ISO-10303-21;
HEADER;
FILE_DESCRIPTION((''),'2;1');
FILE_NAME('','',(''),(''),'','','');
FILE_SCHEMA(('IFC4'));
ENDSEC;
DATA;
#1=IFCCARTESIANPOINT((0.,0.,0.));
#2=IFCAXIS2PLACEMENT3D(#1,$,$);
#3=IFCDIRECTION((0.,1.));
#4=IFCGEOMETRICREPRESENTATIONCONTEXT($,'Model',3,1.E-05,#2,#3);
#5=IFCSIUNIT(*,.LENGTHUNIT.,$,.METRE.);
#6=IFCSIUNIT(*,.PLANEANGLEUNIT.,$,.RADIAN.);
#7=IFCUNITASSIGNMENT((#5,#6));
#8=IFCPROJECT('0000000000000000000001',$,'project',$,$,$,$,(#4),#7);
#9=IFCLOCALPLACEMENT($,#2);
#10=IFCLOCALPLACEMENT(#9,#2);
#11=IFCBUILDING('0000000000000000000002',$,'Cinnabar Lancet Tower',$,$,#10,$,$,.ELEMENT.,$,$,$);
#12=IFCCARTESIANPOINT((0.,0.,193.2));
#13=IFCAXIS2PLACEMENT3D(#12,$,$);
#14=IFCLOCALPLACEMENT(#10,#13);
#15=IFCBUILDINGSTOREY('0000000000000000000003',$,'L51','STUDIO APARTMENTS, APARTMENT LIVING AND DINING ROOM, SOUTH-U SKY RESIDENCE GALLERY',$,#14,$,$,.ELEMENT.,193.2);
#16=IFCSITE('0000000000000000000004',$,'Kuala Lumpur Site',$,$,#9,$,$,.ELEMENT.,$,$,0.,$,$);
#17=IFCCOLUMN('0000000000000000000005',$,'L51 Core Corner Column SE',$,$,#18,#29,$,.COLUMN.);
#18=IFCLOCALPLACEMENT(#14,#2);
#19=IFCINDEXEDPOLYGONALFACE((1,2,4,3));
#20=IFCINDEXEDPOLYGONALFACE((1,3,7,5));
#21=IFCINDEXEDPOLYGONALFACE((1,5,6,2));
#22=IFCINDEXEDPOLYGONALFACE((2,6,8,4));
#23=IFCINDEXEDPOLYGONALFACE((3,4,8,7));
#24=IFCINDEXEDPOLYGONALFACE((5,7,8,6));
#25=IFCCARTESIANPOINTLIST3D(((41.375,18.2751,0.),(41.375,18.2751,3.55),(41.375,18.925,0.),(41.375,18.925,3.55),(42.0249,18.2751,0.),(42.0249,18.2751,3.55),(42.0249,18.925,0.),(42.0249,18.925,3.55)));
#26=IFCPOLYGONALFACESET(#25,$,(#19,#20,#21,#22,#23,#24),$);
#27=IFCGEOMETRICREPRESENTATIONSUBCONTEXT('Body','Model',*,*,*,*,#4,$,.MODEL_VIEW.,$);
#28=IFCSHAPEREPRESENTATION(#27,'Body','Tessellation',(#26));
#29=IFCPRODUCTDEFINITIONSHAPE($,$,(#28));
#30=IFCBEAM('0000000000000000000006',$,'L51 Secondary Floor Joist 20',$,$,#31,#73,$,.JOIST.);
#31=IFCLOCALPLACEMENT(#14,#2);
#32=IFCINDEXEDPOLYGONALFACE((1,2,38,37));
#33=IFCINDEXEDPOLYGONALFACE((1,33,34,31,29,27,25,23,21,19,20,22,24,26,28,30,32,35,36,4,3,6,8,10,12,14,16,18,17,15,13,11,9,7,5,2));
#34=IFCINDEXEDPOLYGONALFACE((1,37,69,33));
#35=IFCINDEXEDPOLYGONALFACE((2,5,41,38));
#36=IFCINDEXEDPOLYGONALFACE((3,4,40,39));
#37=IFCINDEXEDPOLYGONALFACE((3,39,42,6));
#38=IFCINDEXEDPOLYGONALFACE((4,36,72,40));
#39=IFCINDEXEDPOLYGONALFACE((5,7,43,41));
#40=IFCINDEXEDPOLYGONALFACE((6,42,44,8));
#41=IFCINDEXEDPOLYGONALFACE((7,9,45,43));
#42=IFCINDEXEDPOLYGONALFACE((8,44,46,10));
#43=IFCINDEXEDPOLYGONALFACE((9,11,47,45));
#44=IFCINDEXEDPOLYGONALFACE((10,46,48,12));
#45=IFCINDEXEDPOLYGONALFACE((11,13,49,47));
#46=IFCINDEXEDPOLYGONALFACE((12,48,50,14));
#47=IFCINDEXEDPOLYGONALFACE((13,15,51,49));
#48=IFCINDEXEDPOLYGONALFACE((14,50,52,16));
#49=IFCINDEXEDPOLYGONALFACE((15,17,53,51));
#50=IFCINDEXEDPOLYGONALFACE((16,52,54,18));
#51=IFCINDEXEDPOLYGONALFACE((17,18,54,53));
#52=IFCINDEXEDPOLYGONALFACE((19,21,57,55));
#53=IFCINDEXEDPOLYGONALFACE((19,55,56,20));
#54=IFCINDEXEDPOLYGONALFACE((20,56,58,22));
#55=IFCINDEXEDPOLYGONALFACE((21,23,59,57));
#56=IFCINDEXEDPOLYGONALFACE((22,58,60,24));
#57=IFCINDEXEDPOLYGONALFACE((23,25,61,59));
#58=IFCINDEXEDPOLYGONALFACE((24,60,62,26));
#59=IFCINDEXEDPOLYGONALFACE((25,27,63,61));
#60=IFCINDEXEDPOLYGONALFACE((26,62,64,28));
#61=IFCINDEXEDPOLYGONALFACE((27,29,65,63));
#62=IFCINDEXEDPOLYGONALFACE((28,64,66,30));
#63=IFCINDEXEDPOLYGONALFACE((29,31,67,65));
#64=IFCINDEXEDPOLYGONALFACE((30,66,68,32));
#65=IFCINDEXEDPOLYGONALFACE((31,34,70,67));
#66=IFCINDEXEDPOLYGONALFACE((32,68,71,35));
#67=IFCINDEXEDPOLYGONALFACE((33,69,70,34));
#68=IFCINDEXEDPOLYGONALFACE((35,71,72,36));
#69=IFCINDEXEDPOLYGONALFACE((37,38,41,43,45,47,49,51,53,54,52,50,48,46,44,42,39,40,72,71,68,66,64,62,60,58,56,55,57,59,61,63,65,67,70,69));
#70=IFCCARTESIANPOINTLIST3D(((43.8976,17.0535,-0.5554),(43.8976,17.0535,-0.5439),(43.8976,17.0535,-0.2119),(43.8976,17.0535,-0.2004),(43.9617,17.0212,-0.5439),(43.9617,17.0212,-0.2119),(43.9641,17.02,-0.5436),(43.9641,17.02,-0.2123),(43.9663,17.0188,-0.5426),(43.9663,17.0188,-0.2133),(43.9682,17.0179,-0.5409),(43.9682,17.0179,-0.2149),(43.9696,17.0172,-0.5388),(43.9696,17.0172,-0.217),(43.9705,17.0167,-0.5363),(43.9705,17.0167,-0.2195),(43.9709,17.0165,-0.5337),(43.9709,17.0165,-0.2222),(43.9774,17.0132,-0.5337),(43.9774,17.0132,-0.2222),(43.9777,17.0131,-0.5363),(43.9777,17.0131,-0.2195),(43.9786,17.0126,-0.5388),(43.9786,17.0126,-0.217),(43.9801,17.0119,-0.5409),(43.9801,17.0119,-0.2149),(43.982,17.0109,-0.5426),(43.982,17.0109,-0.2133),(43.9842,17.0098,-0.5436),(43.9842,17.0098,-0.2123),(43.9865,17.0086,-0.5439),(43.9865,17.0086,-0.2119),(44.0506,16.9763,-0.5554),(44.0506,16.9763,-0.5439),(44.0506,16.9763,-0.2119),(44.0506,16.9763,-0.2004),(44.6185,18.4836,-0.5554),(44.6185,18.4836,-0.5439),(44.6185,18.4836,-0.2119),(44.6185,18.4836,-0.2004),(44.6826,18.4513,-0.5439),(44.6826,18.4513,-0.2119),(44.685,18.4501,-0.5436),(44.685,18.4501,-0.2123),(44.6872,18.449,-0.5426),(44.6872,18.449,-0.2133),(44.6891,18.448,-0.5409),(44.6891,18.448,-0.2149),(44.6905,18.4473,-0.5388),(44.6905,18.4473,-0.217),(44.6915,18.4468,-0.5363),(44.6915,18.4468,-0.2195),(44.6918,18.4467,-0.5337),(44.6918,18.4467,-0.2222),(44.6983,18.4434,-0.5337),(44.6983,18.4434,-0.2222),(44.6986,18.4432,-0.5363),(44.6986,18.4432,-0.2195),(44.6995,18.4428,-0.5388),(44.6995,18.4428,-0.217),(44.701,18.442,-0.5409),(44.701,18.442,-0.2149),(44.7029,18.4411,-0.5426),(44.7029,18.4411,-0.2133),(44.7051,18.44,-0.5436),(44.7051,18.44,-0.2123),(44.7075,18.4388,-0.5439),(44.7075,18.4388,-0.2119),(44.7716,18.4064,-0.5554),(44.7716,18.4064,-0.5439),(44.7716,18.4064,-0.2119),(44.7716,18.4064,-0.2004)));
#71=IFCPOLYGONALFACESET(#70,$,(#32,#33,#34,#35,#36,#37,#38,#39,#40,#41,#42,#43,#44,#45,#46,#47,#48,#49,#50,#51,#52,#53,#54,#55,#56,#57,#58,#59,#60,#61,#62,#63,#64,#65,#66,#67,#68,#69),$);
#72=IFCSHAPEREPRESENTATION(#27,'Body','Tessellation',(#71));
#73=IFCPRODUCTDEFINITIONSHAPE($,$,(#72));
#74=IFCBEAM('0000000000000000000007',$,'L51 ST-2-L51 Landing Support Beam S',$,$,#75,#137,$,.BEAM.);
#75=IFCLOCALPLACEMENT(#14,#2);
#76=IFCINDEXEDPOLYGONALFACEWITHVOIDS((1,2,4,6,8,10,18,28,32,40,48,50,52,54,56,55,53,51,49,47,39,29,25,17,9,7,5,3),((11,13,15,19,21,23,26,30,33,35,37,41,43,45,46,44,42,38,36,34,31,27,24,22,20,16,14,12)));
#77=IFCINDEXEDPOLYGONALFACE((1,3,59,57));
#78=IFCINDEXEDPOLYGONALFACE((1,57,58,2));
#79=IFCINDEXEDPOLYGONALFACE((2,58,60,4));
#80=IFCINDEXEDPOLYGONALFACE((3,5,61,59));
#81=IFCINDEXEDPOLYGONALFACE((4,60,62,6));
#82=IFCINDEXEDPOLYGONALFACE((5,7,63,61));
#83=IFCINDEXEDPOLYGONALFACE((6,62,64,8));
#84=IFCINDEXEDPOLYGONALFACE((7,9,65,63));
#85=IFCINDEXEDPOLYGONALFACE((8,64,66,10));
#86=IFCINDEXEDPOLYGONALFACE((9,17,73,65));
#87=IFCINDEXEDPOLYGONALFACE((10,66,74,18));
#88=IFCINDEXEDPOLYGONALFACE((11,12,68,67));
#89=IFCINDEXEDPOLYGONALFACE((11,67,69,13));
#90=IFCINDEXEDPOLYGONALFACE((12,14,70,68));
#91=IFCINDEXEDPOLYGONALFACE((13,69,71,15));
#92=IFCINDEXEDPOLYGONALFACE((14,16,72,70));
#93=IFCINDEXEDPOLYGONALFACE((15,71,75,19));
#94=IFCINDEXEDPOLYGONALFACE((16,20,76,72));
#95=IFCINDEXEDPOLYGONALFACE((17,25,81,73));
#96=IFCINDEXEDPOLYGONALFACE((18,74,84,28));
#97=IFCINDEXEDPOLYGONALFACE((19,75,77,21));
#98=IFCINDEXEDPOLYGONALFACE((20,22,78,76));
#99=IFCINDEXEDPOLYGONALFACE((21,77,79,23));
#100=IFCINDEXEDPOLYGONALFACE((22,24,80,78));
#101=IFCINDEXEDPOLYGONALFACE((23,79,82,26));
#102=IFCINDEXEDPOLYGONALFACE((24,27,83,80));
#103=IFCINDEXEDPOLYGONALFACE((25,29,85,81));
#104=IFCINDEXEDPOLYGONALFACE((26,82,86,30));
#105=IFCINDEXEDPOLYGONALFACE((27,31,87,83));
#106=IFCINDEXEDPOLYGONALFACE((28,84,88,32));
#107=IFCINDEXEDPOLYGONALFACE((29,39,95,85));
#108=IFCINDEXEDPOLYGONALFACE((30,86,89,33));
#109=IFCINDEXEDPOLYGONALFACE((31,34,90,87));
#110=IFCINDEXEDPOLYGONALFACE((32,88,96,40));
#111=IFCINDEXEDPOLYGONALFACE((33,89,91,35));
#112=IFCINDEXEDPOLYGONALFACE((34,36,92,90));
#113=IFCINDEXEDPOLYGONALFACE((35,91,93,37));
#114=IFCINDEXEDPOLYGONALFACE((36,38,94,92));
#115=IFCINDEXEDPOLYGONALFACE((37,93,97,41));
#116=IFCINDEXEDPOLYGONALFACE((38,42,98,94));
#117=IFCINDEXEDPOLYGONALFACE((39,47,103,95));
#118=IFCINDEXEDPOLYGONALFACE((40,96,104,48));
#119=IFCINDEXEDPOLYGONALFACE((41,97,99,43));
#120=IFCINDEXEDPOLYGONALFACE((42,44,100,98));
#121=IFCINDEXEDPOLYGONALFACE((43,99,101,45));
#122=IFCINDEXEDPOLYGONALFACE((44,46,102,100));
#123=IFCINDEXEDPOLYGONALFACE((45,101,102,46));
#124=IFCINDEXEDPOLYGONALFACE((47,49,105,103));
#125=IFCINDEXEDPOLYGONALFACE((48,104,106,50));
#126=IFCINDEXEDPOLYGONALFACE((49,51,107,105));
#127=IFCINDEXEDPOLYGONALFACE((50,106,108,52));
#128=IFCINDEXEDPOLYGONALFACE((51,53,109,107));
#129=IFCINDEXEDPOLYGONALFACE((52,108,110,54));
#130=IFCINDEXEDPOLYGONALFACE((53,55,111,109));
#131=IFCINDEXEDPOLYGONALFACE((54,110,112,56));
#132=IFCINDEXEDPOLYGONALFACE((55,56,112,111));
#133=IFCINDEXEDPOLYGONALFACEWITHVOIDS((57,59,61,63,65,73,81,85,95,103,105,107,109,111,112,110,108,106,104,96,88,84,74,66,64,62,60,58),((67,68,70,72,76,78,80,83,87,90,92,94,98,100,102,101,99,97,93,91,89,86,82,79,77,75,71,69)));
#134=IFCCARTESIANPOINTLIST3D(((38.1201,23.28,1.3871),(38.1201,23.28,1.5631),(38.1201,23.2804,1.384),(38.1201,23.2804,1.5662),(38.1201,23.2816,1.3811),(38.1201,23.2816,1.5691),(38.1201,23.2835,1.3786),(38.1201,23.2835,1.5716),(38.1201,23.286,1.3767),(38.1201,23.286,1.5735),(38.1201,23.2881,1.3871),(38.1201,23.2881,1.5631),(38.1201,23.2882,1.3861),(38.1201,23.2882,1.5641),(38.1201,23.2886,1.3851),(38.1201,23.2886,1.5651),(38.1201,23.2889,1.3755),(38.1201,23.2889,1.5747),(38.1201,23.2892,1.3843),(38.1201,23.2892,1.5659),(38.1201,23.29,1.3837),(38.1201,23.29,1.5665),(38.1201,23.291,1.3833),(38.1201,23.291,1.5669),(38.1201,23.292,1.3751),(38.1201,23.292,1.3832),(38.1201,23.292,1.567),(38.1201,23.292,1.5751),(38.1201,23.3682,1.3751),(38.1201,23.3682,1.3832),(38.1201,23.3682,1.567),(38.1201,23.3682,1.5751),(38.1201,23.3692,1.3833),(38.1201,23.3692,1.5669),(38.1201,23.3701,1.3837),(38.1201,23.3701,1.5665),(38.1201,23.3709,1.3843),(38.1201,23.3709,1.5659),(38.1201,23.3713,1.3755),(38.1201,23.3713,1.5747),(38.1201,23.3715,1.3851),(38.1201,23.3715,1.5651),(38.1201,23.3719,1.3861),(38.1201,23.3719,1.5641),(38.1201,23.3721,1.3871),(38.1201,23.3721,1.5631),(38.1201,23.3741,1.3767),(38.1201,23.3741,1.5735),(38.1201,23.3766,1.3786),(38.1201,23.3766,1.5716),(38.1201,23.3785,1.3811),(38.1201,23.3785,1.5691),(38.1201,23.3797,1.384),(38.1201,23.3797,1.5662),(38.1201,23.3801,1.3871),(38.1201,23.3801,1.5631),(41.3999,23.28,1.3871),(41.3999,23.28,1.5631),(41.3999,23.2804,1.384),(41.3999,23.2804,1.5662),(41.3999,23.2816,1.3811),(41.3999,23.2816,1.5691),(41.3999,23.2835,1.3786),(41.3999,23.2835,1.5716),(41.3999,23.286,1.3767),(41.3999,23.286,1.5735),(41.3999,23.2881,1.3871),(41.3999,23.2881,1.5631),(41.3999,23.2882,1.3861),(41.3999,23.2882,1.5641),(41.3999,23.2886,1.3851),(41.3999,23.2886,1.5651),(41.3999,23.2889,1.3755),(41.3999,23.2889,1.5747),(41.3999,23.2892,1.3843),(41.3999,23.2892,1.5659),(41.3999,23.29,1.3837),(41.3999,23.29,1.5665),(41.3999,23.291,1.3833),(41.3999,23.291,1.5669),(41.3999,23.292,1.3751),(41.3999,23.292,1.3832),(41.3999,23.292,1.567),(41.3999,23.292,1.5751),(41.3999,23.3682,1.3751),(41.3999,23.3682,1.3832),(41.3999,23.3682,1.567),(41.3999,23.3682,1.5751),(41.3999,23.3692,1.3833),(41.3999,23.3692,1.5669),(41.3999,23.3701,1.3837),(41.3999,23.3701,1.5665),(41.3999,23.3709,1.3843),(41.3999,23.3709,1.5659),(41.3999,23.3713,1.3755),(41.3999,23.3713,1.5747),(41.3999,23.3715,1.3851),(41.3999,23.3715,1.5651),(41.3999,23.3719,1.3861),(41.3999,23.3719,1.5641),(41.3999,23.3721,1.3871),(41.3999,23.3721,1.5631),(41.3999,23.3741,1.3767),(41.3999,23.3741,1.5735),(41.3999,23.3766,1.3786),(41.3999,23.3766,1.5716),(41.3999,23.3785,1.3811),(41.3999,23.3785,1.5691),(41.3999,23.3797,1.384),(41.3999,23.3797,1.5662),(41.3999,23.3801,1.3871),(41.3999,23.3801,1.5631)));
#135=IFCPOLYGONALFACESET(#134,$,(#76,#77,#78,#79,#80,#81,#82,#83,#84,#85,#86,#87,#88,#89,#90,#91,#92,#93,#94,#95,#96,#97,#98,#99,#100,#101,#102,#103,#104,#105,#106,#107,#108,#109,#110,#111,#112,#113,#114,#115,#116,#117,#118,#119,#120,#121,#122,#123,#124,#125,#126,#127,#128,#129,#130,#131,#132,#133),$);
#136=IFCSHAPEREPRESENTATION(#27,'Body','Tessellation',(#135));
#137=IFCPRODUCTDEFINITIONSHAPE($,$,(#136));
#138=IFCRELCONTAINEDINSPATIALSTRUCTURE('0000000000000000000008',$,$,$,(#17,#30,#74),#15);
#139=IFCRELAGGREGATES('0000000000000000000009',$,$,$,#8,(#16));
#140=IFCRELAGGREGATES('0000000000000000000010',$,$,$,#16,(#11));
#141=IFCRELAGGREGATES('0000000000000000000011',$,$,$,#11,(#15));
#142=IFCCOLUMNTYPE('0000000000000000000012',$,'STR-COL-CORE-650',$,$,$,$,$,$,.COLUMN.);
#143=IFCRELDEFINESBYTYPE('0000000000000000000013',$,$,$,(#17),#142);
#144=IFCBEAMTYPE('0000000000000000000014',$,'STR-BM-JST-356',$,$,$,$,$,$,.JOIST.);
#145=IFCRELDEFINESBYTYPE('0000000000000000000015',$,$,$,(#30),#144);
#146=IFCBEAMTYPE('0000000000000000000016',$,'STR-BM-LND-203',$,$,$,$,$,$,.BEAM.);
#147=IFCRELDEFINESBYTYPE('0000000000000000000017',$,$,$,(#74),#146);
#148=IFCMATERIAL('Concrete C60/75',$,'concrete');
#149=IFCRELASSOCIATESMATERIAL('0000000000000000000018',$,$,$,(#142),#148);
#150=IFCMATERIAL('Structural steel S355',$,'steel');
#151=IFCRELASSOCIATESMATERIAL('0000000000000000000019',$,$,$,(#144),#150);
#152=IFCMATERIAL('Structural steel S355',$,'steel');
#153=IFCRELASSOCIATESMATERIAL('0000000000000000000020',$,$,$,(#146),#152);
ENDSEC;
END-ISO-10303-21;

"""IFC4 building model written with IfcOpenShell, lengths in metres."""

from ifc_helpers import new_model, si_unit, direction, frame, origin, origin_2d, place, context, subcontext, project, spatial, rectangle, hollow_rectangle, i_section, extrude, material, material_profile, profile_set, type_object, element, save


model = new_model("IFC4")

# Units and contexts
model_context = context("Model", 3, precision=1e-05, world=origin(), true_north=direction((0.0, 1.0)))
body_context = subcontext(model_context, "Body", "Model", "MODEL_VIEW")
ifc_project = project(units=[si_unit("LENGTHUNIT", "METRE"), si_unit("PLANEANGLEUNIT", "RADIAN")], contexts=[model_context])

# Site, building, storey
site_placement = place(None, origin())
site = spatial("IfcSite", under=ifc_project, at=site_placement, Name="Kuala Lumpur Site", CompositionType="ELEMENT", RefElevation=0.0)
building_placement = place(site_placement, origin())
building = spatial("IfcBuilding", under=site, at=building_placement, Name="Cinnabar Lancet Tower", CompositionType="ELEMENT")
storey_placement = place(building_placement, frame((0.0, 0.0, 193.2)))
storey = spatial("IfcBuildingStorey", under=building, at=storey_placement, Name="L51", Description="STUDIO APARTMENTS, APARTMENT LIVING AND DINING ROOM, SOUTH-U SKY RESIDENCE GALLERY", CompositionType="ELEMENT", Elevation=193.2)

# Column
ifc_material_1 = material(Name="Concrete C60/75", Category="concrete")
ifc_material_profile_1 = material_profile(ifc_material_1, rectangle(XDim=0.6499, YDim=0.6499, at=origin_2d()), Name="RC-COL 650x650")
ifc_profile_set_1 = profile_set([ifc_material_profile_1], Name="Concrete C60/75")
column_type = type_object("IfcColumnType", Name="STR-COL-CORE-650", PredefinedType="COLUMN", material=ifc_profile_set_1)
column_placement = place(storey_placement, frame((41.7, 18.6001, 0.0), z_axis=(0.0, 0.0, 1.0), x_axis=(1.0, 0.0, 0.0)))
element("IfcColumn", 1, at=column_placement, inside=storey, type_object=column_type, Name="L51 Core Corner Column SE", PredefinedType="COLUMN", context=body_context, shape_type="SweptSolid", body=[
    extrude(rectangle(XDim=0.6499, YDim=0.6499, at=origin_2d()), origin(), (0.0, 0.0, 1.0), 3.55),
])

# Beams
ifc_material_2 = material(Name="Structural steel S355", Category="steel")
ifc_material_profile_2 = material_profile(ifc_material_2, i_section(OverallWidth=0.1714, OverallDepth=0.355, WebThickness=0.0073, FlangeThickness=0.0115, FilletRadius=0.0103, at=origin_2d()), Name="UKB 356x171x51")
ifc_profile_set_2 = profile_set([ifc_material_profile_2], Name="Structural steel S355")
beam_type_1 = type_object("IfcBeamType", Name="STR-BM-JST-356", PredefinedType="JOIST", material=ifc_profile_set_2)
beam_1_placement = place(storey_placement, frame((43.9741, 17.0149, -0.3779), z_axis=(0.450138, 0.892959, 0.0), x_axis=(-0.892959, 0.450138, 0.0)))
element("IfcBeam", 2, at=beam_1_placement, inside=storey, type_object=beam_type_1, Name="L51 Secondary Floor Joist 20", PredefinedType="JOIST", context=body_context, shape_type="SweptSolid", body=[
    extrude(i_section(OverallWidth=0.1714, OverallDepth=0.355, WebThickness=0.0073, FlangeThickness=0.0115, FilletRadius=0.0103, at=origin_2d()), origin(), (0.0, 0.0, 1.0), 1.6016),
])
ifc_material_3 = material(Name="Structural steel S355", Category="steel")
ifc_material_profile_3 = material_profile(ifc_material_3, hollow_rectangle(XDim=0.1001, YDim=0.2, WallThickness=0.0081, InnerFilletRadius=0.0039, OuterFilletRadius=0.012, at=origin_2d()), Name="RHS 200x100x8")
ifc_profile_set_3 = profile_set([ifc_material_profile_3], Name="Structural steel S355")
beam_type_2 = type_object("IfcBeamType", Name="STR-BM-LND-203", PredefinedType="BEAM", material=ifc_profile_set_3)
for number, where, z_axis, x_axis, name in (
    (3, (38.1201, 23.3301, 1.4751), (1.0, 0.0, 0.0), (0.0, 1.0, 0.0), "L51 ST-2-L51 Landing Support Beam S"),
):
    element("IfcBeam", number, at=place(storey_placement, frame(where, z_axis=z_axis, x_axis=x_axis)), inside=storey, type_object=beam_type_2, Name=name, PredefinedType="BEAM", context=body_context, shape_type="SweptSolid", body=[
        extrude(hollow_rectangle(XDim=0.1001, YDim=0.2, WallThickness=0.0081, InnerFilletRadius=0.0039, OuterFilletRadius=0.012, at=origin_2d()), origin(), (0.0, 0.0, 1.0), 3.2798),
    ])

save(model, "model.ifc")
